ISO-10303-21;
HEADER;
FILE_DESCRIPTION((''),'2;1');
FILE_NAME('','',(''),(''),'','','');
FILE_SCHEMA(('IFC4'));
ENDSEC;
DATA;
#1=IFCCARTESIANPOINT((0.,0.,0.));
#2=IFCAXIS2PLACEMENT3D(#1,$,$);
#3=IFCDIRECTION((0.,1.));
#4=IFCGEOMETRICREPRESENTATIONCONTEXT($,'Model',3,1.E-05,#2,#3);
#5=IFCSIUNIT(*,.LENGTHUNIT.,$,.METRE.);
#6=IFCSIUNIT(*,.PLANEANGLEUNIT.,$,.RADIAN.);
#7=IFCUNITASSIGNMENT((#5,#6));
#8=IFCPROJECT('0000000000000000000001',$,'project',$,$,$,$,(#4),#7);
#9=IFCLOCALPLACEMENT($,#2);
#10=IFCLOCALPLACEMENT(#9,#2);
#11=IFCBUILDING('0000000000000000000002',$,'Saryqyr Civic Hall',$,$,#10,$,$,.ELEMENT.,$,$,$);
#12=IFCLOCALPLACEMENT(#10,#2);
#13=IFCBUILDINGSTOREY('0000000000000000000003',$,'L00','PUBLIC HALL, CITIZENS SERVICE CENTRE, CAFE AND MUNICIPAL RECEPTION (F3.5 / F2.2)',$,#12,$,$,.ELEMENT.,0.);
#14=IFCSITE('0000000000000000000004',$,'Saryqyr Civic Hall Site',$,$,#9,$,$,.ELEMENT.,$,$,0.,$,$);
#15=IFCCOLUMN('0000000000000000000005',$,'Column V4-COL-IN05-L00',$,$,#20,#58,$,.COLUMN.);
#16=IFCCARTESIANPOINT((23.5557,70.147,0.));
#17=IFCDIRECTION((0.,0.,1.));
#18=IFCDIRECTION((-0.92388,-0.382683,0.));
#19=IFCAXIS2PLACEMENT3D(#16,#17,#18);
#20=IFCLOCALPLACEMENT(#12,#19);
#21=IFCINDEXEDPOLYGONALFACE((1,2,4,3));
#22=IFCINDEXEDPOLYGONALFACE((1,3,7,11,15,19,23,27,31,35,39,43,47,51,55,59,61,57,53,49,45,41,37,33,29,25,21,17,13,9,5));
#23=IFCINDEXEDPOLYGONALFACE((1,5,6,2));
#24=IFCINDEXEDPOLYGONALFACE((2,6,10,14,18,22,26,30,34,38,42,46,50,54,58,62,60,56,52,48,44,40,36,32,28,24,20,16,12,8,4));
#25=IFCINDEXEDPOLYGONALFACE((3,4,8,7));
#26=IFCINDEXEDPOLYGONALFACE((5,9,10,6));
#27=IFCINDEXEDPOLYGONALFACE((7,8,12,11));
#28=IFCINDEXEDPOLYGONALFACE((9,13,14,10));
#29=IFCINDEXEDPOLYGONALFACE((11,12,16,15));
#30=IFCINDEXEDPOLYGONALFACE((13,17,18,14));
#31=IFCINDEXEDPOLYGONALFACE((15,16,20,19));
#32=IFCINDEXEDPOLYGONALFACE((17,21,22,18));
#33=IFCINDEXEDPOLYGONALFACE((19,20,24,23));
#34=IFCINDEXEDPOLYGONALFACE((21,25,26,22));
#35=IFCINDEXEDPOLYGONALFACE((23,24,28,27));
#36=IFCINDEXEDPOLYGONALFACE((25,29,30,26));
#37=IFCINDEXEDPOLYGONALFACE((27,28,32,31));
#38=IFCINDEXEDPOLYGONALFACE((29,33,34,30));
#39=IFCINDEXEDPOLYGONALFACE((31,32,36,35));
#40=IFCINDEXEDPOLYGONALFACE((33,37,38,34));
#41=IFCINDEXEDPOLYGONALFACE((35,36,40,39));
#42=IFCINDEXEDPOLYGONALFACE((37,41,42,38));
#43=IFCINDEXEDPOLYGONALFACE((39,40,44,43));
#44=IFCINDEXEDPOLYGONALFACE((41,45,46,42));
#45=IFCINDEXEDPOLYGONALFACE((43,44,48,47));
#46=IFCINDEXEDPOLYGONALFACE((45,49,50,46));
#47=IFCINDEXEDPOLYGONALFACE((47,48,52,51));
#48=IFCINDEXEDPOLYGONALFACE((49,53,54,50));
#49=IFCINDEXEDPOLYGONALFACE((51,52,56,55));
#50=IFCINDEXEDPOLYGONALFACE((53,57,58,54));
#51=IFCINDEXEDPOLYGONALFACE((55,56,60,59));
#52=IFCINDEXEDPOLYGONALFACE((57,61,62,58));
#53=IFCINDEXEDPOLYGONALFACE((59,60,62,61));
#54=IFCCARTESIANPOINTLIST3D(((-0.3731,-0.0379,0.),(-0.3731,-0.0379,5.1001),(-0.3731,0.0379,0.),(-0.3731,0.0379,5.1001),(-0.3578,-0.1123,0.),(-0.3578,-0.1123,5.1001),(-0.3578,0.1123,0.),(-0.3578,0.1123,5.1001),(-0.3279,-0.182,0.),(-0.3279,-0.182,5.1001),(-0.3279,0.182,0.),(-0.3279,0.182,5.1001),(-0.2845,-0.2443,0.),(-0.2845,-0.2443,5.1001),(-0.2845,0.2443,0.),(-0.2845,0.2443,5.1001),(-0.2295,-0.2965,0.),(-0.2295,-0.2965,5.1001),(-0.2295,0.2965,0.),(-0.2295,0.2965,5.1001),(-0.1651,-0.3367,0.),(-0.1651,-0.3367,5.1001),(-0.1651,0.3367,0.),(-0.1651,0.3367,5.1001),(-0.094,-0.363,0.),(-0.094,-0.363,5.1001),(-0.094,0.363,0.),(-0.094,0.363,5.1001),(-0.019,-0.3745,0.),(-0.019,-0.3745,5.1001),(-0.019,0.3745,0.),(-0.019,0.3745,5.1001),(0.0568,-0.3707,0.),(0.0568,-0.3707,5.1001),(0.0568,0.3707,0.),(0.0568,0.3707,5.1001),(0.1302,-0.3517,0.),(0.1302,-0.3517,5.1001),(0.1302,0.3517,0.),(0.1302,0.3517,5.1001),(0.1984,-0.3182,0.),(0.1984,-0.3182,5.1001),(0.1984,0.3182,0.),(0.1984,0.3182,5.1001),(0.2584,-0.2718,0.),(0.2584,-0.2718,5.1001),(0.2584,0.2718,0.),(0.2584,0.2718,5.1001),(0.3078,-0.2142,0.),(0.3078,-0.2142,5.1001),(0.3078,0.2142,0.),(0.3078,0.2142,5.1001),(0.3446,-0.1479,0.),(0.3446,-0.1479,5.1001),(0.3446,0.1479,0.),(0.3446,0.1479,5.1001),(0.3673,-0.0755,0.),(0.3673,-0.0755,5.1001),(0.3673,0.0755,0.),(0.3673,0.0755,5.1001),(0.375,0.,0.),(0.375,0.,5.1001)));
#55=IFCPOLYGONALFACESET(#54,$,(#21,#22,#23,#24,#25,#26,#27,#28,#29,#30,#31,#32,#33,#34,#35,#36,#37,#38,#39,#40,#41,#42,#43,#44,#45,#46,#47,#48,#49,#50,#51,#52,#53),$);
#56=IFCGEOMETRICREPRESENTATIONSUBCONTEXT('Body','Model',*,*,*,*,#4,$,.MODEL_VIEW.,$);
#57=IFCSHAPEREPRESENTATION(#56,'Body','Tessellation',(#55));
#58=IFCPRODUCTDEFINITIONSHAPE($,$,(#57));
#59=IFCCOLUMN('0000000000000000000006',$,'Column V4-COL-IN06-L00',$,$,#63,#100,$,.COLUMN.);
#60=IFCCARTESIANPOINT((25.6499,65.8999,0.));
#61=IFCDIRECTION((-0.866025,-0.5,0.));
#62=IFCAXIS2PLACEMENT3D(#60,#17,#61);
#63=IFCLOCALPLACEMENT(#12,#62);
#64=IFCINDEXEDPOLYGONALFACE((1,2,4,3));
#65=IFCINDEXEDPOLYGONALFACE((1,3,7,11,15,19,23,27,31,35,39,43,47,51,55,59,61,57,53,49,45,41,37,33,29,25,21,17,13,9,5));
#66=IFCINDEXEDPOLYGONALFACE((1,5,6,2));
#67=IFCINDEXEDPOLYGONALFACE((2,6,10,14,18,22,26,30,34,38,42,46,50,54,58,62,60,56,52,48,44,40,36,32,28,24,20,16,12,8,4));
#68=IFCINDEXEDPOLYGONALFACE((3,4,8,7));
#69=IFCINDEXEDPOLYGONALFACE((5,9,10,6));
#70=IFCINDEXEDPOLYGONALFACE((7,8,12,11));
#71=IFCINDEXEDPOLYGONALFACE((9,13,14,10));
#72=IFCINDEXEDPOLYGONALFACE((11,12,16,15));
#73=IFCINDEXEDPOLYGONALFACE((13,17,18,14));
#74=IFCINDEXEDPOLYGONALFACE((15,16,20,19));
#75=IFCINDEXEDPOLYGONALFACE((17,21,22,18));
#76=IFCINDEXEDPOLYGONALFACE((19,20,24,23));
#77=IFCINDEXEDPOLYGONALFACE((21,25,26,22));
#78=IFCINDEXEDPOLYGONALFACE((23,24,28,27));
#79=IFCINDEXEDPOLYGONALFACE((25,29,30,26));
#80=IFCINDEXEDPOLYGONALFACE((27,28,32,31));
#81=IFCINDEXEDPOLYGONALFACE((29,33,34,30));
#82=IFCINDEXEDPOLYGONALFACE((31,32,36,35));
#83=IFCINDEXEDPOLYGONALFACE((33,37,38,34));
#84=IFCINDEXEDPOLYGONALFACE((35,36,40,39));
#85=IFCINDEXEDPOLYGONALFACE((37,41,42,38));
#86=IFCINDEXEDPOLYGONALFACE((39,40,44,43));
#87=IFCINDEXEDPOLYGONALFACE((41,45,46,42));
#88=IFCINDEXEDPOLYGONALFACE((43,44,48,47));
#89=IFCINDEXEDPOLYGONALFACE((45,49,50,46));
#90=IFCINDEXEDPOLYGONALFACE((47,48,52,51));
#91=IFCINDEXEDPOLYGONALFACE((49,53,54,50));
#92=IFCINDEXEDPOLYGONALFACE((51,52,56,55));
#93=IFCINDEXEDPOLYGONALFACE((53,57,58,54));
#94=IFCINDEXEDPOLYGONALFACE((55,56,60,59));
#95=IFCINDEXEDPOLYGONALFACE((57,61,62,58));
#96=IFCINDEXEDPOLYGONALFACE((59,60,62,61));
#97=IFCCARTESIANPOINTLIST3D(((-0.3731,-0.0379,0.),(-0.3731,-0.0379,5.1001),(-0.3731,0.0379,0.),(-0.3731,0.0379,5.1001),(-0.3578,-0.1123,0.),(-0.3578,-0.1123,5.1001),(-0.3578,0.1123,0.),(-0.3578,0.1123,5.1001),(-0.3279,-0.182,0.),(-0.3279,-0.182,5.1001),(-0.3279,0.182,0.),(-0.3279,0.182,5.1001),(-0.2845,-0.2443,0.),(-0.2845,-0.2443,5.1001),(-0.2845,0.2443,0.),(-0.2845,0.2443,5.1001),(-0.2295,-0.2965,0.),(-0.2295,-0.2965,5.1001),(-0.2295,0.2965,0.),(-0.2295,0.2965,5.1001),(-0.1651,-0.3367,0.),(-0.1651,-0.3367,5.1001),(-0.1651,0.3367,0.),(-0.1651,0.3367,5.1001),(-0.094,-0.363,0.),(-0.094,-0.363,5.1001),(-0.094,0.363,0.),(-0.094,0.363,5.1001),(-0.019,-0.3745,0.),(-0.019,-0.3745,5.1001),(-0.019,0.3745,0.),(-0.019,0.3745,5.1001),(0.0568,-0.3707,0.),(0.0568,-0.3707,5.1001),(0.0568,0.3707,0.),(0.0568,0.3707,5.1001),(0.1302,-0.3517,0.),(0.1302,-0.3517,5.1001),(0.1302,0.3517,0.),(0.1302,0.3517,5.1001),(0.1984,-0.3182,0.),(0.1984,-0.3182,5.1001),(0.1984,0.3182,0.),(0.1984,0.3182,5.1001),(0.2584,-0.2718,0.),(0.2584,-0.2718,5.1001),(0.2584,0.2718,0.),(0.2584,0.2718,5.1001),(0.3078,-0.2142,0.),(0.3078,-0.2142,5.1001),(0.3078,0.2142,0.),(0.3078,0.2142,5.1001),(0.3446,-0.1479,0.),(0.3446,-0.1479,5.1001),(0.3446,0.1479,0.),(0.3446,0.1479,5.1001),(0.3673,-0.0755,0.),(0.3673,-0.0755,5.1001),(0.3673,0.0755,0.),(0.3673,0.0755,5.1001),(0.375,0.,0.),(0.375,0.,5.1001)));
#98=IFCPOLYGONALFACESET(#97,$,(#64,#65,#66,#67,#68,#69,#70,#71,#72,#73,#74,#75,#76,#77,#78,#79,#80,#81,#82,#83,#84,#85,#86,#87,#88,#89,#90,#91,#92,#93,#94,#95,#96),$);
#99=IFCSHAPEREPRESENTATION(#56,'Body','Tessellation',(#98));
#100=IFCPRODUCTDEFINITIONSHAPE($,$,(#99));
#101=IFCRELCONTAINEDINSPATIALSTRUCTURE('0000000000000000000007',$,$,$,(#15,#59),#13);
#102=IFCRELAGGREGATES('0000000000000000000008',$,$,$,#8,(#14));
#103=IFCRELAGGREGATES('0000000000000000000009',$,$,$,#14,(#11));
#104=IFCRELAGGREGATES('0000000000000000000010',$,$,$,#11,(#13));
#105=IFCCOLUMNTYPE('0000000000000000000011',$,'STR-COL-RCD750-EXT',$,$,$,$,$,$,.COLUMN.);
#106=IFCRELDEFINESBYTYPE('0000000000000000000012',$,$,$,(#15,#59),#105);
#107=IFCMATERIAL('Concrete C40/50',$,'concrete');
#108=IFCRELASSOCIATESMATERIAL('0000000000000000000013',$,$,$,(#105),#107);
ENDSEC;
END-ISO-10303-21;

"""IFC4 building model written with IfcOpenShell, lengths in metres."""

from ifc_helpers import new_model, si_unit, direction, frame, origin, origin_2d, place, context, subcontext, project, spatial, circle, extrude, material, material_profile, profile_set, type_object, element, save


model = new_model("IFC4")

# Units and contexts
model_context = context("Model", 3, precision=1e-05, world=origin(), true_north=direction((0.0, 1.0)))
body_context = subcontext(model_context, "Body", "Model", "MODEL_VIEW")
ifc_project = project(units=[si_unit("LENGTHUNIT", "METRE"), si_unit("PLANEANGLEUNIT", "RADIAN")], contexts=[model_context])

# Site, building, storey
site_placement = place(None, origin())
site = spatial("IfcSite", under=ifc_project, at=site_placement, Name="Saryqyr Civic Hall Site", CompositionType="ELEMENT", RefElevation=0.0)
building_placement = place(site_placement, origin())
building = spatial("IfcBuilding", under=site, at=building_placement, Name="Saryqyr Civic Hall", CompositionType="ELEMENT")
storey_placement = place(building_placement, origin())
storey = spatial("IfcBuildingStorey", under=building, at=storey_placement, Name="L00", Description="PUBLIC HALL, CITIZENS SERVICE CENTRE, CAFE AND MUNICIPAL RECEPTION (F3.5 / F2.2)", CompositionType="ELEMENT", Elevation=0.0)

# Columns
ifc_material_1 = material(Name="Concrete C40/50", Category="concrete")
ifc_material_profile_1 = material_profile(ifc_material_1, circle(Radius=0.375, at=origin_2d()), Name="RC D750")
ifc_profile_set_1 = profile_set([ifc_material_profile_1], Name="Concrete C40/50")
column_type_1 = type_object("IfcColumnType", Name="STR-COL-RCD750-EXT", PredefinedType="COLUMN", material=ifc_profile_set_1)
for number, where, z_axis, x_axis, name in (
    (1, (23.5557, 70.147, 0.0), (0.0, 0.0, 1.0), (-0.92388, -0.382683, 0.0), "Column V4-COL-IN05-L00"),
    (2, (25.6499, 65.8999, 0.0), (0.0, 0.0, 1.0), (-0.866025, -0.5, 0.0), "Column V4-COL-IN06-L00"),
):
    element("IfcColumn", number, at=place(storey_placement, frame(where, z_axis=z_axis, x_axis=x_axis)), inside=storey, type_object=column_type_1, Name=name, PredefinedType="COLUMN", context=body_context, shape_type="SweptSolid", body=[
        extrude(circle(Radius=0.375, at=origin_2d()), origin(), (0.0, 0.0, 1.0), 5.1001),
    ])

save(model, "model.ifc")
